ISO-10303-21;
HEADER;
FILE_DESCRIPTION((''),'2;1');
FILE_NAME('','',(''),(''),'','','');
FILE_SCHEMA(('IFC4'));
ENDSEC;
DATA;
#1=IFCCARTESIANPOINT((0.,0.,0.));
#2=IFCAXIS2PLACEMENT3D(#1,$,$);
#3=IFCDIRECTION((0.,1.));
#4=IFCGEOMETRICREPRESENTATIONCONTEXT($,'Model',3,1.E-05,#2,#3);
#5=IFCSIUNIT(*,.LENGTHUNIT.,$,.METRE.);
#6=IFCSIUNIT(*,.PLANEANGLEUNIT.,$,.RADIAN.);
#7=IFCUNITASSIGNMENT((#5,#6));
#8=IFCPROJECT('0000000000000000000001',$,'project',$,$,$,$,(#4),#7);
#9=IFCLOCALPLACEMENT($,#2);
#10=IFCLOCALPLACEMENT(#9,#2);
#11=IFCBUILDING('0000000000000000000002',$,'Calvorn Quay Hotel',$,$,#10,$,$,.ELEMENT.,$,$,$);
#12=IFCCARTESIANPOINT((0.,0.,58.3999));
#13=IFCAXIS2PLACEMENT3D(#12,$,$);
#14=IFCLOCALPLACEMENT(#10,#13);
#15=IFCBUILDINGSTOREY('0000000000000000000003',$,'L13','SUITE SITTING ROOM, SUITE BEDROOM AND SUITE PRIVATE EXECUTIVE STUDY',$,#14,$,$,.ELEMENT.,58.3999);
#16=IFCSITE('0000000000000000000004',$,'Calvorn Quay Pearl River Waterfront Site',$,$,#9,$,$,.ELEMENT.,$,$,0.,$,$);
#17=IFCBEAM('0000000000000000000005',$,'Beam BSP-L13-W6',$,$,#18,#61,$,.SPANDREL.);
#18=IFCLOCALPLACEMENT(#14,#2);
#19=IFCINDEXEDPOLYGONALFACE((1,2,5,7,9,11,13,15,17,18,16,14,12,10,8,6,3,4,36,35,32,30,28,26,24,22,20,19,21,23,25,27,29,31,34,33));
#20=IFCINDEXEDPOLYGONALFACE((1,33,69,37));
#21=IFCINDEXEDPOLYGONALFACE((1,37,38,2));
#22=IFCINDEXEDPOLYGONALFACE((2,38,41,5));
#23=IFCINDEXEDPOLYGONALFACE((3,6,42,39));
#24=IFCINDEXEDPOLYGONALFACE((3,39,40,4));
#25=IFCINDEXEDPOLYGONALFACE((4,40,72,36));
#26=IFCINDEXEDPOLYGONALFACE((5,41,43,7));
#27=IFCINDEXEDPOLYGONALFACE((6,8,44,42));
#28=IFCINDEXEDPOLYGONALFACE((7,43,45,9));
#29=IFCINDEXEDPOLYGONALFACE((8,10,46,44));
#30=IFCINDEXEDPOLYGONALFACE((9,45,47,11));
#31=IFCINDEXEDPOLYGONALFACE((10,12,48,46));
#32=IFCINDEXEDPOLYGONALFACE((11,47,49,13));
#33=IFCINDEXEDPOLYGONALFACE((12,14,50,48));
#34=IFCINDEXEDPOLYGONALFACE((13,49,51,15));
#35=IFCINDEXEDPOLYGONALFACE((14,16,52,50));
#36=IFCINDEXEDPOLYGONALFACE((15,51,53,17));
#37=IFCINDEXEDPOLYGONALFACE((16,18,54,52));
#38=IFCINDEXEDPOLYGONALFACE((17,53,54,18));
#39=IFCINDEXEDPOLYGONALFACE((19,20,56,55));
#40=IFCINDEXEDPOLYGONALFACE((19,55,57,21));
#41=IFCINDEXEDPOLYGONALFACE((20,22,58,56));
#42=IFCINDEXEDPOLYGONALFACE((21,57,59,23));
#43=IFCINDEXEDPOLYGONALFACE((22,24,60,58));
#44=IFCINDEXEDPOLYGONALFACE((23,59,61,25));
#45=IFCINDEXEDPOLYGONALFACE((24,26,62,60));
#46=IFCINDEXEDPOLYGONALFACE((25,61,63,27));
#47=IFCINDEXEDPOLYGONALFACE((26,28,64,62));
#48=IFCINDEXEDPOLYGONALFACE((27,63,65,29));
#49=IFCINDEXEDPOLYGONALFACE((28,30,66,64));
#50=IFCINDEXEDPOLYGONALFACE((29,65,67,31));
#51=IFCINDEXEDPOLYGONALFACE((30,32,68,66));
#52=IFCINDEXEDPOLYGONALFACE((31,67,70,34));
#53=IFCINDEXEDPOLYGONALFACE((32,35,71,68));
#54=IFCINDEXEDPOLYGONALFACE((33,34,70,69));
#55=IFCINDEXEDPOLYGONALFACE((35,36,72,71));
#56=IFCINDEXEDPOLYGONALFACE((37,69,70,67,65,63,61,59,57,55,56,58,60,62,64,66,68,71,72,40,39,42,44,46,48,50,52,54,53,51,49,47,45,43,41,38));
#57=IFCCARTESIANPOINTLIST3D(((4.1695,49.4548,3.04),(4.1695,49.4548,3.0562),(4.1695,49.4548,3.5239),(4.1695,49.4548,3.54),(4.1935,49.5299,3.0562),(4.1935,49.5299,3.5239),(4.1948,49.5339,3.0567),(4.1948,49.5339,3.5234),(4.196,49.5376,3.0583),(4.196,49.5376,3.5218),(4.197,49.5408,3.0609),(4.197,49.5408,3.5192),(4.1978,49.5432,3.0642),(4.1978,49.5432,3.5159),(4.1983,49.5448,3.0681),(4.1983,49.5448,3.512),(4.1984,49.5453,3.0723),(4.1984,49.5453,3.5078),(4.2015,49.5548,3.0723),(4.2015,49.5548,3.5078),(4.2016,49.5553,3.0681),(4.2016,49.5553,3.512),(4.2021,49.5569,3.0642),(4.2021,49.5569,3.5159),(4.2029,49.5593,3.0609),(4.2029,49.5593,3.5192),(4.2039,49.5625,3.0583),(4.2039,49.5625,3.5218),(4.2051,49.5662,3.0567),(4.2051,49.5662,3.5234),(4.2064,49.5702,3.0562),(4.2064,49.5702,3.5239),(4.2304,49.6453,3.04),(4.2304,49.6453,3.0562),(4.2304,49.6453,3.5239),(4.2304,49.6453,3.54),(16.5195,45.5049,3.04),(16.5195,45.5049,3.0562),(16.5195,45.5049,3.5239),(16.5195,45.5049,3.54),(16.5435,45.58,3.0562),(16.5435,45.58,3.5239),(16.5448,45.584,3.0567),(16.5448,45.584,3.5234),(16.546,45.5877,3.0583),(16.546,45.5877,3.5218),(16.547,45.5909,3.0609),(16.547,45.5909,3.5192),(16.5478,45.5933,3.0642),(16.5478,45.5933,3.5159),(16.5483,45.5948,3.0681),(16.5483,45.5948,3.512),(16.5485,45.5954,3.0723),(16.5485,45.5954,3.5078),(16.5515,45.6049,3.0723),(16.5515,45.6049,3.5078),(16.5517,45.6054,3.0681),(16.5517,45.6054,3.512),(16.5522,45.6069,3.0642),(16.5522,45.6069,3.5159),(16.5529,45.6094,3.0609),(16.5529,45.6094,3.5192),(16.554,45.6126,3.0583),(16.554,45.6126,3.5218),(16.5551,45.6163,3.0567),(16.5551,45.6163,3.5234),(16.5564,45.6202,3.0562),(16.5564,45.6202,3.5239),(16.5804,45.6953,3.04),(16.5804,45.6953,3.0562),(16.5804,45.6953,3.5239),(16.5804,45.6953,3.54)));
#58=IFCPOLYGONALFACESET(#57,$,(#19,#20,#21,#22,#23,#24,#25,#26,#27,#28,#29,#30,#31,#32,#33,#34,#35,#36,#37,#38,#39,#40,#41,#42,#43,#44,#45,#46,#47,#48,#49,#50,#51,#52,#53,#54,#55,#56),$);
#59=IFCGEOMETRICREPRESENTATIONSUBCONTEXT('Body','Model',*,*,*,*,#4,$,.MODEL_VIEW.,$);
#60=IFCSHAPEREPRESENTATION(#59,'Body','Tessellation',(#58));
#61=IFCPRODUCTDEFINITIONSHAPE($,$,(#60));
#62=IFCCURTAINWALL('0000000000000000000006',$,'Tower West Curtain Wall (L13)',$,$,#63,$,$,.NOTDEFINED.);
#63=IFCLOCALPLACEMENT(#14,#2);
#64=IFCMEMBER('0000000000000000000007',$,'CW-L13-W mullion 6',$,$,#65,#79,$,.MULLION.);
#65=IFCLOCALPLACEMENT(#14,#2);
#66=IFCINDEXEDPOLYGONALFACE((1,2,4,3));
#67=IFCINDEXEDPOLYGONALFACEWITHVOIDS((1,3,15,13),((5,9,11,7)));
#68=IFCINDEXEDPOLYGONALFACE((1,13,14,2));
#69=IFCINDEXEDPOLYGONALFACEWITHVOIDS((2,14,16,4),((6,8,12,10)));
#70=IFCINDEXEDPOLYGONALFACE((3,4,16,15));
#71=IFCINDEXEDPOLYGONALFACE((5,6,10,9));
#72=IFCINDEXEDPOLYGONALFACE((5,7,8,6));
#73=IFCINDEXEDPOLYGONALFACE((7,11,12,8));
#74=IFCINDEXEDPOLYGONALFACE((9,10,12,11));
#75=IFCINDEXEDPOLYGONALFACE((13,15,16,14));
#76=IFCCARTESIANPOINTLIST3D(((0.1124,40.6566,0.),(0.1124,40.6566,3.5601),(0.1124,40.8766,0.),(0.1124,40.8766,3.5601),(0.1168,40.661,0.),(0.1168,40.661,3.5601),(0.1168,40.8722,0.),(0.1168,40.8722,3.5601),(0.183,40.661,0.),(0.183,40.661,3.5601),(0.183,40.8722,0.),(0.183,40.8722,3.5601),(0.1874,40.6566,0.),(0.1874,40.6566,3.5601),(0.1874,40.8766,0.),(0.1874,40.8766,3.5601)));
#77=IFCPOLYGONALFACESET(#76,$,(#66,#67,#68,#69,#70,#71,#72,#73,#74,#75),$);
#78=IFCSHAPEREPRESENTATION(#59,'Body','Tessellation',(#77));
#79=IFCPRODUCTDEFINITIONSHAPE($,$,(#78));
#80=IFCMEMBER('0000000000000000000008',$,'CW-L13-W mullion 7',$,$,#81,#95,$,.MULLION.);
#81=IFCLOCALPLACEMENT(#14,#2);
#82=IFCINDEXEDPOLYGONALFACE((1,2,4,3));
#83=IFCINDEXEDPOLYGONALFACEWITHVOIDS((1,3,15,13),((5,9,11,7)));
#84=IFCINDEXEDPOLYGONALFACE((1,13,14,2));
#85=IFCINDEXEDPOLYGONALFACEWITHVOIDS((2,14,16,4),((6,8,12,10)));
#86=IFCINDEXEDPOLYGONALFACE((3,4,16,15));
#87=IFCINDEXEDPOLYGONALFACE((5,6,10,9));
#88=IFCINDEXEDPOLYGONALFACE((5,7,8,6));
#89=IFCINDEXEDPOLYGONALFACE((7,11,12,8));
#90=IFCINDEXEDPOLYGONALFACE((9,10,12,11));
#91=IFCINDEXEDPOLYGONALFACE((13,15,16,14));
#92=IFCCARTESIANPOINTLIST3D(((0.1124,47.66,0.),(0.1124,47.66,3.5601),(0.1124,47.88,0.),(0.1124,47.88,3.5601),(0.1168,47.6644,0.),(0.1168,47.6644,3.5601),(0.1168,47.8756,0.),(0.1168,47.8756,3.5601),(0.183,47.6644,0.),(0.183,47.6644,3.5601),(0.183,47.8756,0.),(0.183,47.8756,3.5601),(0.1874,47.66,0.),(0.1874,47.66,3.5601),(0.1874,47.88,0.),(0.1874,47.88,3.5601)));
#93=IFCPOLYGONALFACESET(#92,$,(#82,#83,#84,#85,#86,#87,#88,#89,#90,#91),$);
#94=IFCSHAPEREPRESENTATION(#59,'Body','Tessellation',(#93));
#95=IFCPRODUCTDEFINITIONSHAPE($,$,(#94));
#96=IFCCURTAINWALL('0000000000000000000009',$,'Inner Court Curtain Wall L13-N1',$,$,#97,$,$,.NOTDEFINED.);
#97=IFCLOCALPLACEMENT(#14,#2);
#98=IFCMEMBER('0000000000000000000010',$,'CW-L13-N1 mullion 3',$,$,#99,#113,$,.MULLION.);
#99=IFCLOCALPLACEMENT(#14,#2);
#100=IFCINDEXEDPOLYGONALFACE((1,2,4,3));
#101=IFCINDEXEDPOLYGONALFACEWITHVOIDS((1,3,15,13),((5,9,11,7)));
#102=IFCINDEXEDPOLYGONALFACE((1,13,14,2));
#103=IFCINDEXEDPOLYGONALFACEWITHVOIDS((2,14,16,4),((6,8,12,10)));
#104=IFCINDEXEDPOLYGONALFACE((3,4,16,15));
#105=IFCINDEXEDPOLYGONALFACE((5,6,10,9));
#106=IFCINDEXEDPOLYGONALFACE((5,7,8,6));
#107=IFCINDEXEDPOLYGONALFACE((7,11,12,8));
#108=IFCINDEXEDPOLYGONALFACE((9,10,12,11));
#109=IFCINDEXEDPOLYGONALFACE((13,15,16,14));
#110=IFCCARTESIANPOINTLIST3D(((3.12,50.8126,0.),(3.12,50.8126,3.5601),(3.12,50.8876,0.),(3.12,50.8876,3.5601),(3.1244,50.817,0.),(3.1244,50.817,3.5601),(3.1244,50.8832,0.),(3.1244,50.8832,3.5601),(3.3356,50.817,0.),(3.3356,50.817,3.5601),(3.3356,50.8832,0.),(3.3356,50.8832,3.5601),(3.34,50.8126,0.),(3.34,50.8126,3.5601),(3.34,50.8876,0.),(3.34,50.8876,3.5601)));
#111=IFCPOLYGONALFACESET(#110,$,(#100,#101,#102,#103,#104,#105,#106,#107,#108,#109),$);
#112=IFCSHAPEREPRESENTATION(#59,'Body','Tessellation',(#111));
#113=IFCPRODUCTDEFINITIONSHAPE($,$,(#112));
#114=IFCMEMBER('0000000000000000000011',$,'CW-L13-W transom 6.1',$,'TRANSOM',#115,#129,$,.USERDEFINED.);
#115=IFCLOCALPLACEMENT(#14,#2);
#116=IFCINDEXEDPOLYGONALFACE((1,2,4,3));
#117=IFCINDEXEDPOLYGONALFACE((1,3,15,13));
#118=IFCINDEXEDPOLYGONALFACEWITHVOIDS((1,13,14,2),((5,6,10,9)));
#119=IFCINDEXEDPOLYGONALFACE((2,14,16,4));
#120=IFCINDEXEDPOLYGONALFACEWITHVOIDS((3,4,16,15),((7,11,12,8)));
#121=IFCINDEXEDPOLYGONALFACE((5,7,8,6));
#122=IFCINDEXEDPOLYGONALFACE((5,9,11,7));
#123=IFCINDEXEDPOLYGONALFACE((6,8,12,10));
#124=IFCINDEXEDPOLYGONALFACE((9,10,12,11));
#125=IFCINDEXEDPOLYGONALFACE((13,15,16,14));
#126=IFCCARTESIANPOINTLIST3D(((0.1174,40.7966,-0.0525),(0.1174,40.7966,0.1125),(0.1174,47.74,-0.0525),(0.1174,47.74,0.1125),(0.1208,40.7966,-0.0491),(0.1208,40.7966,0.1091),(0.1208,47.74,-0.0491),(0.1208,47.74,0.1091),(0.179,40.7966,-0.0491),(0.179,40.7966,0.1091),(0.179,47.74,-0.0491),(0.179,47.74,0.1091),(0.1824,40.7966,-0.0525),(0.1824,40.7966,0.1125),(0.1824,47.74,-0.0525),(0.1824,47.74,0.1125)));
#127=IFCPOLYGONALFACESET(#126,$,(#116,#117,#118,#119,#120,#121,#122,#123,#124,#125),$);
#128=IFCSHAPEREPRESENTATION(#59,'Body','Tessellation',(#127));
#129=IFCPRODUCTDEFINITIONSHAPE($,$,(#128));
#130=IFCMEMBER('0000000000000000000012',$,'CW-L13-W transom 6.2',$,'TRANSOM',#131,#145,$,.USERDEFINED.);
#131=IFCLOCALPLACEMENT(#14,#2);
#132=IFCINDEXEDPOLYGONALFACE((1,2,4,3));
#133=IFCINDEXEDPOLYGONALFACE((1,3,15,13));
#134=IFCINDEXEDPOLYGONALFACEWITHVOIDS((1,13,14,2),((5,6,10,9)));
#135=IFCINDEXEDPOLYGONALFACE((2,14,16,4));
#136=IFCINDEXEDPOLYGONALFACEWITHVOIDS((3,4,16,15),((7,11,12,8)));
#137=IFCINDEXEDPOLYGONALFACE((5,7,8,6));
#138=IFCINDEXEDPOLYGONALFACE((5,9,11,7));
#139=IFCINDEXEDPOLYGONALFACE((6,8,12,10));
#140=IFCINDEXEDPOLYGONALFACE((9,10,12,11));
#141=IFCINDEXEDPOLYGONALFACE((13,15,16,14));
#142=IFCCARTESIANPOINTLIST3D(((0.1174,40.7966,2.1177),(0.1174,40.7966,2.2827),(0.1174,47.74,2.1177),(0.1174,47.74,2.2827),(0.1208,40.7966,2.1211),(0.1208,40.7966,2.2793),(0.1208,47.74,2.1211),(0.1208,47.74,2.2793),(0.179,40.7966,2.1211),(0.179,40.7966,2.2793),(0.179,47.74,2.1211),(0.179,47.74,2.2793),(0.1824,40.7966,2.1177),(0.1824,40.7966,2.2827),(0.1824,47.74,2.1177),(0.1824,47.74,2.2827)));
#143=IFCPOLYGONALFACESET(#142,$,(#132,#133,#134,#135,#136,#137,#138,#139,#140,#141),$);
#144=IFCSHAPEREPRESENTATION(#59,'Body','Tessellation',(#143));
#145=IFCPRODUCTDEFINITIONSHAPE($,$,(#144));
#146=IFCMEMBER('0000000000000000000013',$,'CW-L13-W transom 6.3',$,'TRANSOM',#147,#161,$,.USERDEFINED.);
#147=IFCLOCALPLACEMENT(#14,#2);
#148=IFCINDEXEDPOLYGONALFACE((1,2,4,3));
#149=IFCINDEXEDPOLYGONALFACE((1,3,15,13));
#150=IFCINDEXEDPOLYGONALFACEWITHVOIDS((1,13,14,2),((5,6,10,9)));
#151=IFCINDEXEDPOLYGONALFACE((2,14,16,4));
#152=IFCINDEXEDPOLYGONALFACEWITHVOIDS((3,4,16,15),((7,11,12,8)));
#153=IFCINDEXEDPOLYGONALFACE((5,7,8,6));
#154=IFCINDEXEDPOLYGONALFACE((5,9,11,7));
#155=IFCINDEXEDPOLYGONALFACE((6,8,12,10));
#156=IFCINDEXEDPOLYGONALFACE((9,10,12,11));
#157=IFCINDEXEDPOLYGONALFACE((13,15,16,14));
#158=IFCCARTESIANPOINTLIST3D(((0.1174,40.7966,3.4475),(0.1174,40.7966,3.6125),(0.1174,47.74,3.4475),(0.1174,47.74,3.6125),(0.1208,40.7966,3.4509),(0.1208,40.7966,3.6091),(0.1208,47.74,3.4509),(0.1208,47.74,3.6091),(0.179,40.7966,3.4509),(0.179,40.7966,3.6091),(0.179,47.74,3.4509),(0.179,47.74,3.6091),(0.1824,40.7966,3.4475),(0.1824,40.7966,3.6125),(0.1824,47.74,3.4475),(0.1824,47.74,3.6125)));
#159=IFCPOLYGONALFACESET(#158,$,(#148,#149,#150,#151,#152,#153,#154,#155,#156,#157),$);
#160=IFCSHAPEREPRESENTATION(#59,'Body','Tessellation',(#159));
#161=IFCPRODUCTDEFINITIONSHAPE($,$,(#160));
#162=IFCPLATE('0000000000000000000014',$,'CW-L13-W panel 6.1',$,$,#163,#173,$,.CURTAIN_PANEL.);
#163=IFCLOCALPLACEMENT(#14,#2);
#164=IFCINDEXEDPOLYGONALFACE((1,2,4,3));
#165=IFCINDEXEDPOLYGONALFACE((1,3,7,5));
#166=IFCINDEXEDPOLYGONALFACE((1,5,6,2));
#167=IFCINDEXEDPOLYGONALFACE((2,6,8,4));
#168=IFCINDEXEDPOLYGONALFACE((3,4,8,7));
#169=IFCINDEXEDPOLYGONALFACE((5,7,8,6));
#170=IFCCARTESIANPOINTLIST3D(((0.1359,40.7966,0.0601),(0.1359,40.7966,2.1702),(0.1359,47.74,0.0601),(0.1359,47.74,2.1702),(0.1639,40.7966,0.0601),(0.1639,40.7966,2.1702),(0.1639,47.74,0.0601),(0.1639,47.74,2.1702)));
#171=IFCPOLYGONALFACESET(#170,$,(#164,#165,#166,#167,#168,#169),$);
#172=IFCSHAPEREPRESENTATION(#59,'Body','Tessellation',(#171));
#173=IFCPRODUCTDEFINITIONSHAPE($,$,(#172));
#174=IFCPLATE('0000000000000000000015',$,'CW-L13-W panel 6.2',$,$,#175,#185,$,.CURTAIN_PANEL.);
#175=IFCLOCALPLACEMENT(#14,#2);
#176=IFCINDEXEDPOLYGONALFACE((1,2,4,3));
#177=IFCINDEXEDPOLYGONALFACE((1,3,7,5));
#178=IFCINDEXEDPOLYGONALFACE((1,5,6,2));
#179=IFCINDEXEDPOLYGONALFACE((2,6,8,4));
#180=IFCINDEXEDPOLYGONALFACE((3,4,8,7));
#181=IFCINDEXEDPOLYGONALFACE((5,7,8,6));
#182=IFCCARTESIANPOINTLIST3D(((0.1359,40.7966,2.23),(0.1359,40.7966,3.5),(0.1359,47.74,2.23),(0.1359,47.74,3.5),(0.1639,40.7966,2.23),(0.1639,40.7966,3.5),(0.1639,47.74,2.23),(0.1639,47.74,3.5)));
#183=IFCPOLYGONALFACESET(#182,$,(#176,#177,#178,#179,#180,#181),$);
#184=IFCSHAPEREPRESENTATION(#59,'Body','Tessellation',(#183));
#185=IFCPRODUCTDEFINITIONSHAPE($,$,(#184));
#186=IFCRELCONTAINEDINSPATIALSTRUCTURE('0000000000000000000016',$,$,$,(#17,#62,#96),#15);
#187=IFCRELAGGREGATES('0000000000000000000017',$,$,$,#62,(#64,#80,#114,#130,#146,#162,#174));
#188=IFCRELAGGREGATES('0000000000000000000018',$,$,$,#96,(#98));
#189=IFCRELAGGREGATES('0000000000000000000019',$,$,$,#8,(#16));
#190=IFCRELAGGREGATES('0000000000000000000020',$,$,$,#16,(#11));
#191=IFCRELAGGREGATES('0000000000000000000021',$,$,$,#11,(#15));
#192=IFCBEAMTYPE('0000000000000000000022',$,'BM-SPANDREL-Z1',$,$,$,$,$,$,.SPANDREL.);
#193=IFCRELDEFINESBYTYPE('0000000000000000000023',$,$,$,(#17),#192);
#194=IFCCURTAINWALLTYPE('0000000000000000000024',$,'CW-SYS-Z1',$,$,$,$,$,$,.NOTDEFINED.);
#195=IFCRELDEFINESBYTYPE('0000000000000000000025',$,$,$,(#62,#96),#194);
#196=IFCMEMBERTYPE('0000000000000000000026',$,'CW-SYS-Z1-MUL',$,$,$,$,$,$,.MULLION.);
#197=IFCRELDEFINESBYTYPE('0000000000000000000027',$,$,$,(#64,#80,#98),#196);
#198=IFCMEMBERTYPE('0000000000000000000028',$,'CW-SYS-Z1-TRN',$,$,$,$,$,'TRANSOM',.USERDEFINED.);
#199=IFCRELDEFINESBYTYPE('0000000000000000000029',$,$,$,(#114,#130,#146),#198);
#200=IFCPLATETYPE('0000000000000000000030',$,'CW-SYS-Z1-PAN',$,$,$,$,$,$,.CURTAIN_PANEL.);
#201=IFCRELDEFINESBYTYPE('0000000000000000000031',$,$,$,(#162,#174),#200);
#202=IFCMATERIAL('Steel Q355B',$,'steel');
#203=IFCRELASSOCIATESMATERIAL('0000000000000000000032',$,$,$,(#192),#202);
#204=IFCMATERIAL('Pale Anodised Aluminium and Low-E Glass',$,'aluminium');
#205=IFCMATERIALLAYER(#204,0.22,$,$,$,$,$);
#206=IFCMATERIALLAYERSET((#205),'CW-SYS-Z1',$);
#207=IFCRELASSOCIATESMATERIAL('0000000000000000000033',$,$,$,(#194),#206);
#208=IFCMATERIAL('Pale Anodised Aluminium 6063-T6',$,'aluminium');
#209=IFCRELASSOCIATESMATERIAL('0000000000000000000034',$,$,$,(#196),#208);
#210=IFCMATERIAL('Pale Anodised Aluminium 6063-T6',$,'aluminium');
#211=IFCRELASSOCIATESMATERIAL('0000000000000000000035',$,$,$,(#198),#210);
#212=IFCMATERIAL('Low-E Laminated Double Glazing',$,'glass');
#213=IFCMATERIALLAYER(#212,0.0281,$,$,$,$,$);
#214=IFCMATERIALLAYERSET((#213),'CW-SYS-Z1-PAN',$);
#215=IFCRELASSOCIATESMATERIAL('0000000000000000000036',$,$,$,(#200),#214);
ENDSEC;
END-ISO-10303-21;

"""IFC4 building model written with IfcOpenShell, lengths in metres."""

from ifc_helpers import new_model, si_unit, direction, frame, origin, origin_2d, place, context, subcontext, project, spatial, rectangle, hollow_rectangle, i_section, extrude, material, layer, layer_set, material_profile, profile_set, type_object, element, aggregate, save


model = new_model("IFC4")

# Units and contexts
model_context = context("Model", 3, precision=1e-05, world=origin(), true_north=direction((0.0, 1.0)))
body_context = subcontext(model_context, "Body", "Model", "MODEL_VIEW")
ifc_project = project(units=[si_unit("LENGTHUNIT", "METRE"), si_unit("PLANEANGLEUNIT", "RADIAN")], contexts=[model_context])

# Site, building, storey
site_placement = place(None, origin())
site = spatial("IfcSite", under=ifc_project, at=site_placement, Name="Calvorn Quay Pearl River Waterfront Site", CompositionType="ELEMENT", RefElevation=0.0)
building_placement = place(site_placement, origin())
building = spatial("IfcBuilding", under=site, at=building_placement, Name="Calvorn Quay Hotel", CompositionType="ELEMENT")
storey_placement = place(building_placement, frame((0.0, 0.0, 58.3999)))
storey = spatial("IfcBuildingStorey", under=building, at=storey_placement, Name="L13", Description="SUITE SITTING ROOM, SUITE BEDROOM AND SUITE PRIVATE EXECUTIVE STUDY", CompositionType="ELEMENT", Elevation=58.3999)

# Beam
ifc_material_1 = material(Name="Steel Q355B", Category="steel")
ifc_material_profile_1 = material_profile(ifc_material_1, i_section(OverallWidth=0.2, OverallDepth=0.5, WebThickness=0.01, FlangeThickness=0.0161, FilletRadius=0.0161, at=origin_2d()), Name="HN500x200x10x16")
ifc_profile_set_1 = profile_set([ifc_material_profile_1], Name="Steel Q355B")
beam_type_1 = type_object("IfcBeamType", Name="BM-SPANDREL-Z1", PredefinedType="SPANDREL", material=ifc_profile_set_1)
beam_1_placement = place(storey_placement, frame((4.2, 49.55, 3.29), z_axis=(0.952471, -0.30463, 0.0), x_axis=(0.30463, 0.952471, 0.0)))
element("IfcBeam", 1, at=beam_1_placement, inside=storey, type_object=beam_type_1, Name="Beam BSP-L13-W6", PredefinedType="SPANDREL", context=body_context, shape_type="SweptSolid", body=[
    extrude(i_section(OverallWidth=0.2, OverallDepth=0.5, WebThickness=0.01, FlangeThickness=0.0161, FilletRadius=0.0161, at=origin_2d()), origin(), (0.0, 0.0, 1.0), 12.9663),
])

# Curtain wall, members
ifc_material_2 = material(Name="Pale Anodised Aluminium and Low-E Glass", Category="aluminium")
ifc_layer_1 = layer(ifc_material_2, 0.22)
ifc_layer_set_1 = layer_set([ifc_layer_1], Name="CW-SYS-Z1")
curtain_wall_type = type_object("IfcCurtainWallType", Name="CW-SYS-Z1", PredefinedType="NOTDEFINED", material=ifc_layer_set_1)
curtain_wall_1_placement = place(storey_placement, origin())
curtain_wall_1 = element("IfcCurtainWall", 2, at=curtain_wall_1_placement, inside=storey, type_object=curtain_wall_type, Name="Tower West Curtain Wall (L13)", PredefinedType="NOTDEFINED")
ifc_material_3 = material(Name="Pale Anodised Aluminium 6063-T6", Category="aluminium")
ifc_material_profile_2 = material_profile(ifc_material_3, hollow_rectangle(XDim=0.075, YDim=0.22, WallThickness=0.0044, at=origin_2d()), Name="ALU-M220x75x4.5")
ifc_profile_set_2 = profile_set([ifc_material_profile_2], Name="Pale Anodised Aluminium 6063-T6")
member_type_1 = type_object("IfcMemberType", Name="CW-SYS-Z1-MUL", PredefinedType="MULLION", material=ifc_profile_set_2)
member_1_placement = place(storey_placement, frame((0.1499, 40.7666, 0.0), z_axis=(0.0, 0.0, 1.0), x_axis=(-1.0, 0.0, 0.0)))
member_1 = element("IfcMember", 3, at=member_1_placement, type_object=member_type_1, Name="CW-L13-W mullion 6", PredefinedType="MULLION", context=body_context, shape_type="SweptSolid", body=[
    extrude(hollow_rectangle(XDim=0.075, YDim=0.22, WallThickness=0.0044, at=origin_2d()), origin(), (0.0, 0.0, 1.0), 3.5601),
])
member_2_placement = place(storey_placement, frame((0.1499, 47.77, 0.0), z_axis=(0.0, 0.0, 1.0), x_axis=(-1.0, 0.0, 0.0)))
member_2 = element("IfcMember", 4, at=member_2_placement, type_object=member_type_1, Name="CW-L13-W mullion 7", PredefinedType="MULLION", context=body_context, shape_type="SweptSolid", body=[
    extrude(hollow_rectangle(XDim=0.075, YDim=0.22, WallThickness=0.0044, at=origin_2d()), origin(), (0.0, 0.0, 1.0), 3.5601),
])

# Curtain wall, member
curtain_wall_2_placement = place(storey_placement, origin())
curtain_wall_2 = element("IfcCurtainWall", 5, at=curtain_wall_2_placement, inside=storey, type_object=curtain_wall_type, Name="Inner Court Curtain Wall L13-N1", PredefinedType="NOTDEFINED")
member_3_placement = place(storey_placement, frame((3.23, 50.8501, 0.0), z_axis=(0.0, 0.0, 1.0), x_axis=(0.0, -1.0, 0.0)))
member_3 = element("IfcMember", 6, at=member_3_placement, type_object=member_type_1, Name="CW-L13-N1 mullion 3", PredefinedType="MULLION", context=body_context, shape_type="SweptSolid", body=[
    extrude(hollow_rectangle(XDim=0.075, YDim=0.22, WallThickness=0.0044, at=origin_2d()), origin(), (0.0, 0.0, 1.0), 3.5601),
])

# Members
ifc_material_4 = material(Name="Pale Anodised Aluminium 6063-T6", Category="aluminium")
ifc_material_profile_3 = material_profile(ifc_material_4, hollow_rectangle(XDim=0.0649, YDim=0.165, WallThickness=0.0034, at=origin_2d()), Name="ALU-T165x65x3.5")
ifc_profile_set_3 = profile_set([ifc_material_profile_3], Name="Pale Anodised Aluminium 6063-T6")
member_type_2 = type_object("IfcMemberType", Name="CW-SYS-Z1-TRN", ElementType="TRANSOM", PredefinedType="USERDEFINED", material=ifc_profile_set_3)
member_4_placement = place(storey_placement, frame((0.1499, 40.7966, 0.03), z_axis=(0.0, 1.0, 0.0), x_axis=(-1.0, 0.0, 0.0)))
member_4 = element("IfcMember", 7, at=member_4_placement, type_object=member_type_2, Name="CW-L13-W transom 6.1", ObjectType="TRANSOM", PredefinedType="USERDEFINED", context=body_context, shape_type="SweptSolid", body=[
    extrude(hollow_rectangle(XDim=0.0649, YDim=0.165, WallThickness=0.0034, at=origin_2d()), origin(), (0.0, 0.0, 1.0), 6.9434),
])
member_5_placement = place(storey_placement, frame((0.1499, 40.7966, 2.2002), z_axis=(0.0, 1.0, 0.0), x_axis=(-1.0, 0.0, 0.0)))
member_5 = element("IfcMember", 8, at=member_5_placement, type_object=member_type_2, Name="CW-L13-W transom 6.2", ObjectType="TRANSOM", PredefinedType="USERDEFINED", context=body_context, shape_type="SweptSolid", body=[
    extrude(hollow_rectangle(XDim=0.0649, YDim=0.165, WallThickness=0.0034, at=origin_2d()), origin(), (0.0, 0.0, 1.0), 6.9434),
])
member_6_placement = place(storey_placement, frame((0.1499, 40.7966, 3.53), z_axis=(0.0, 1.0, 0.0), x_axis=(-1.0, 0.0, 0.0)))
member_6 = element("IfcMember", 9, at=member_6_placement, type_object=member_type_2, Name="CW-L13-W transom 6.3", ObjectType="TRANSOM", PredefinedType="USERDEFINED", context=body_context, shape_type="SweptSolid", body=[
    extrude(hollow_rectangle(XDim=0.0649, YDim=0.165, WallThickness=0.0034, at=origin_2d()), origin(), (0.0, 0.0, 1.0), 6.9434),
])

# Plates
ifc_material_5 = material(Name="Low-E Laminated Double Glazing", Category="glass")
ifc_layer_2 = layer(ifc_material_5, 0.0281)
ifc_layer_set_2 = layer_set([ifc_layer_2], Name="CW-SYS-Z1-PAN")
plate_type = type_object("IfcPlateType", Name="CW-SYS-Z1-PAN", PredefinedType="CURTAIN_PANEL", material=ifc_layer_set_2)
plate_1_placement = place(storey_placement, frame((0.1499, 44.2683, 0.0601), z_axis=(0.0, 0.0, 1.0), x_axis=(0.0, 1.0, 0.0)))
plate_1 = element("IfcPlate", 10, at=plate_1_placement, type_object=plate_type, Name="CW-L13-W panel 6.1", PredefinedType="CURTAIN_PANEL", context=body_context, shape_type="SweptSolid", body=[
    extrude(rectangle(XDim=6.9434, YDim=0.0281, at=origin_2d()), origin(), (0.0, 0.0, 1.0), 2.1101),
])
plate_2_placement = place(storey_placement, frame((0.1499, 44.2683, 2.23), z_axis=(0.0, 0.0, 1.0), x_axis=(0.0, 1.0, 0.0)))
plate_2 = element("IfcPlate", 11, at=plate_2_placement, type_object=plate_type, Name="CW-L13-W panel 6.2", PredefinedType="CURTAIN_PANEL", context=body_context, shape_type="SweptSolid", body=[
    extrude(rectangle(XDim=6.9434, YDim=0.0281, at=origin_2d()), origin(), (0.0, 0.0, 1.0), 1.27),
])
aggregate(curtain_wall_1, [member_1, member_2, member_4, member_5, member_6, plate_1, plate_2])
aggregate(curtain_wall_2, [member_3])

save(model, "model.ifc")
